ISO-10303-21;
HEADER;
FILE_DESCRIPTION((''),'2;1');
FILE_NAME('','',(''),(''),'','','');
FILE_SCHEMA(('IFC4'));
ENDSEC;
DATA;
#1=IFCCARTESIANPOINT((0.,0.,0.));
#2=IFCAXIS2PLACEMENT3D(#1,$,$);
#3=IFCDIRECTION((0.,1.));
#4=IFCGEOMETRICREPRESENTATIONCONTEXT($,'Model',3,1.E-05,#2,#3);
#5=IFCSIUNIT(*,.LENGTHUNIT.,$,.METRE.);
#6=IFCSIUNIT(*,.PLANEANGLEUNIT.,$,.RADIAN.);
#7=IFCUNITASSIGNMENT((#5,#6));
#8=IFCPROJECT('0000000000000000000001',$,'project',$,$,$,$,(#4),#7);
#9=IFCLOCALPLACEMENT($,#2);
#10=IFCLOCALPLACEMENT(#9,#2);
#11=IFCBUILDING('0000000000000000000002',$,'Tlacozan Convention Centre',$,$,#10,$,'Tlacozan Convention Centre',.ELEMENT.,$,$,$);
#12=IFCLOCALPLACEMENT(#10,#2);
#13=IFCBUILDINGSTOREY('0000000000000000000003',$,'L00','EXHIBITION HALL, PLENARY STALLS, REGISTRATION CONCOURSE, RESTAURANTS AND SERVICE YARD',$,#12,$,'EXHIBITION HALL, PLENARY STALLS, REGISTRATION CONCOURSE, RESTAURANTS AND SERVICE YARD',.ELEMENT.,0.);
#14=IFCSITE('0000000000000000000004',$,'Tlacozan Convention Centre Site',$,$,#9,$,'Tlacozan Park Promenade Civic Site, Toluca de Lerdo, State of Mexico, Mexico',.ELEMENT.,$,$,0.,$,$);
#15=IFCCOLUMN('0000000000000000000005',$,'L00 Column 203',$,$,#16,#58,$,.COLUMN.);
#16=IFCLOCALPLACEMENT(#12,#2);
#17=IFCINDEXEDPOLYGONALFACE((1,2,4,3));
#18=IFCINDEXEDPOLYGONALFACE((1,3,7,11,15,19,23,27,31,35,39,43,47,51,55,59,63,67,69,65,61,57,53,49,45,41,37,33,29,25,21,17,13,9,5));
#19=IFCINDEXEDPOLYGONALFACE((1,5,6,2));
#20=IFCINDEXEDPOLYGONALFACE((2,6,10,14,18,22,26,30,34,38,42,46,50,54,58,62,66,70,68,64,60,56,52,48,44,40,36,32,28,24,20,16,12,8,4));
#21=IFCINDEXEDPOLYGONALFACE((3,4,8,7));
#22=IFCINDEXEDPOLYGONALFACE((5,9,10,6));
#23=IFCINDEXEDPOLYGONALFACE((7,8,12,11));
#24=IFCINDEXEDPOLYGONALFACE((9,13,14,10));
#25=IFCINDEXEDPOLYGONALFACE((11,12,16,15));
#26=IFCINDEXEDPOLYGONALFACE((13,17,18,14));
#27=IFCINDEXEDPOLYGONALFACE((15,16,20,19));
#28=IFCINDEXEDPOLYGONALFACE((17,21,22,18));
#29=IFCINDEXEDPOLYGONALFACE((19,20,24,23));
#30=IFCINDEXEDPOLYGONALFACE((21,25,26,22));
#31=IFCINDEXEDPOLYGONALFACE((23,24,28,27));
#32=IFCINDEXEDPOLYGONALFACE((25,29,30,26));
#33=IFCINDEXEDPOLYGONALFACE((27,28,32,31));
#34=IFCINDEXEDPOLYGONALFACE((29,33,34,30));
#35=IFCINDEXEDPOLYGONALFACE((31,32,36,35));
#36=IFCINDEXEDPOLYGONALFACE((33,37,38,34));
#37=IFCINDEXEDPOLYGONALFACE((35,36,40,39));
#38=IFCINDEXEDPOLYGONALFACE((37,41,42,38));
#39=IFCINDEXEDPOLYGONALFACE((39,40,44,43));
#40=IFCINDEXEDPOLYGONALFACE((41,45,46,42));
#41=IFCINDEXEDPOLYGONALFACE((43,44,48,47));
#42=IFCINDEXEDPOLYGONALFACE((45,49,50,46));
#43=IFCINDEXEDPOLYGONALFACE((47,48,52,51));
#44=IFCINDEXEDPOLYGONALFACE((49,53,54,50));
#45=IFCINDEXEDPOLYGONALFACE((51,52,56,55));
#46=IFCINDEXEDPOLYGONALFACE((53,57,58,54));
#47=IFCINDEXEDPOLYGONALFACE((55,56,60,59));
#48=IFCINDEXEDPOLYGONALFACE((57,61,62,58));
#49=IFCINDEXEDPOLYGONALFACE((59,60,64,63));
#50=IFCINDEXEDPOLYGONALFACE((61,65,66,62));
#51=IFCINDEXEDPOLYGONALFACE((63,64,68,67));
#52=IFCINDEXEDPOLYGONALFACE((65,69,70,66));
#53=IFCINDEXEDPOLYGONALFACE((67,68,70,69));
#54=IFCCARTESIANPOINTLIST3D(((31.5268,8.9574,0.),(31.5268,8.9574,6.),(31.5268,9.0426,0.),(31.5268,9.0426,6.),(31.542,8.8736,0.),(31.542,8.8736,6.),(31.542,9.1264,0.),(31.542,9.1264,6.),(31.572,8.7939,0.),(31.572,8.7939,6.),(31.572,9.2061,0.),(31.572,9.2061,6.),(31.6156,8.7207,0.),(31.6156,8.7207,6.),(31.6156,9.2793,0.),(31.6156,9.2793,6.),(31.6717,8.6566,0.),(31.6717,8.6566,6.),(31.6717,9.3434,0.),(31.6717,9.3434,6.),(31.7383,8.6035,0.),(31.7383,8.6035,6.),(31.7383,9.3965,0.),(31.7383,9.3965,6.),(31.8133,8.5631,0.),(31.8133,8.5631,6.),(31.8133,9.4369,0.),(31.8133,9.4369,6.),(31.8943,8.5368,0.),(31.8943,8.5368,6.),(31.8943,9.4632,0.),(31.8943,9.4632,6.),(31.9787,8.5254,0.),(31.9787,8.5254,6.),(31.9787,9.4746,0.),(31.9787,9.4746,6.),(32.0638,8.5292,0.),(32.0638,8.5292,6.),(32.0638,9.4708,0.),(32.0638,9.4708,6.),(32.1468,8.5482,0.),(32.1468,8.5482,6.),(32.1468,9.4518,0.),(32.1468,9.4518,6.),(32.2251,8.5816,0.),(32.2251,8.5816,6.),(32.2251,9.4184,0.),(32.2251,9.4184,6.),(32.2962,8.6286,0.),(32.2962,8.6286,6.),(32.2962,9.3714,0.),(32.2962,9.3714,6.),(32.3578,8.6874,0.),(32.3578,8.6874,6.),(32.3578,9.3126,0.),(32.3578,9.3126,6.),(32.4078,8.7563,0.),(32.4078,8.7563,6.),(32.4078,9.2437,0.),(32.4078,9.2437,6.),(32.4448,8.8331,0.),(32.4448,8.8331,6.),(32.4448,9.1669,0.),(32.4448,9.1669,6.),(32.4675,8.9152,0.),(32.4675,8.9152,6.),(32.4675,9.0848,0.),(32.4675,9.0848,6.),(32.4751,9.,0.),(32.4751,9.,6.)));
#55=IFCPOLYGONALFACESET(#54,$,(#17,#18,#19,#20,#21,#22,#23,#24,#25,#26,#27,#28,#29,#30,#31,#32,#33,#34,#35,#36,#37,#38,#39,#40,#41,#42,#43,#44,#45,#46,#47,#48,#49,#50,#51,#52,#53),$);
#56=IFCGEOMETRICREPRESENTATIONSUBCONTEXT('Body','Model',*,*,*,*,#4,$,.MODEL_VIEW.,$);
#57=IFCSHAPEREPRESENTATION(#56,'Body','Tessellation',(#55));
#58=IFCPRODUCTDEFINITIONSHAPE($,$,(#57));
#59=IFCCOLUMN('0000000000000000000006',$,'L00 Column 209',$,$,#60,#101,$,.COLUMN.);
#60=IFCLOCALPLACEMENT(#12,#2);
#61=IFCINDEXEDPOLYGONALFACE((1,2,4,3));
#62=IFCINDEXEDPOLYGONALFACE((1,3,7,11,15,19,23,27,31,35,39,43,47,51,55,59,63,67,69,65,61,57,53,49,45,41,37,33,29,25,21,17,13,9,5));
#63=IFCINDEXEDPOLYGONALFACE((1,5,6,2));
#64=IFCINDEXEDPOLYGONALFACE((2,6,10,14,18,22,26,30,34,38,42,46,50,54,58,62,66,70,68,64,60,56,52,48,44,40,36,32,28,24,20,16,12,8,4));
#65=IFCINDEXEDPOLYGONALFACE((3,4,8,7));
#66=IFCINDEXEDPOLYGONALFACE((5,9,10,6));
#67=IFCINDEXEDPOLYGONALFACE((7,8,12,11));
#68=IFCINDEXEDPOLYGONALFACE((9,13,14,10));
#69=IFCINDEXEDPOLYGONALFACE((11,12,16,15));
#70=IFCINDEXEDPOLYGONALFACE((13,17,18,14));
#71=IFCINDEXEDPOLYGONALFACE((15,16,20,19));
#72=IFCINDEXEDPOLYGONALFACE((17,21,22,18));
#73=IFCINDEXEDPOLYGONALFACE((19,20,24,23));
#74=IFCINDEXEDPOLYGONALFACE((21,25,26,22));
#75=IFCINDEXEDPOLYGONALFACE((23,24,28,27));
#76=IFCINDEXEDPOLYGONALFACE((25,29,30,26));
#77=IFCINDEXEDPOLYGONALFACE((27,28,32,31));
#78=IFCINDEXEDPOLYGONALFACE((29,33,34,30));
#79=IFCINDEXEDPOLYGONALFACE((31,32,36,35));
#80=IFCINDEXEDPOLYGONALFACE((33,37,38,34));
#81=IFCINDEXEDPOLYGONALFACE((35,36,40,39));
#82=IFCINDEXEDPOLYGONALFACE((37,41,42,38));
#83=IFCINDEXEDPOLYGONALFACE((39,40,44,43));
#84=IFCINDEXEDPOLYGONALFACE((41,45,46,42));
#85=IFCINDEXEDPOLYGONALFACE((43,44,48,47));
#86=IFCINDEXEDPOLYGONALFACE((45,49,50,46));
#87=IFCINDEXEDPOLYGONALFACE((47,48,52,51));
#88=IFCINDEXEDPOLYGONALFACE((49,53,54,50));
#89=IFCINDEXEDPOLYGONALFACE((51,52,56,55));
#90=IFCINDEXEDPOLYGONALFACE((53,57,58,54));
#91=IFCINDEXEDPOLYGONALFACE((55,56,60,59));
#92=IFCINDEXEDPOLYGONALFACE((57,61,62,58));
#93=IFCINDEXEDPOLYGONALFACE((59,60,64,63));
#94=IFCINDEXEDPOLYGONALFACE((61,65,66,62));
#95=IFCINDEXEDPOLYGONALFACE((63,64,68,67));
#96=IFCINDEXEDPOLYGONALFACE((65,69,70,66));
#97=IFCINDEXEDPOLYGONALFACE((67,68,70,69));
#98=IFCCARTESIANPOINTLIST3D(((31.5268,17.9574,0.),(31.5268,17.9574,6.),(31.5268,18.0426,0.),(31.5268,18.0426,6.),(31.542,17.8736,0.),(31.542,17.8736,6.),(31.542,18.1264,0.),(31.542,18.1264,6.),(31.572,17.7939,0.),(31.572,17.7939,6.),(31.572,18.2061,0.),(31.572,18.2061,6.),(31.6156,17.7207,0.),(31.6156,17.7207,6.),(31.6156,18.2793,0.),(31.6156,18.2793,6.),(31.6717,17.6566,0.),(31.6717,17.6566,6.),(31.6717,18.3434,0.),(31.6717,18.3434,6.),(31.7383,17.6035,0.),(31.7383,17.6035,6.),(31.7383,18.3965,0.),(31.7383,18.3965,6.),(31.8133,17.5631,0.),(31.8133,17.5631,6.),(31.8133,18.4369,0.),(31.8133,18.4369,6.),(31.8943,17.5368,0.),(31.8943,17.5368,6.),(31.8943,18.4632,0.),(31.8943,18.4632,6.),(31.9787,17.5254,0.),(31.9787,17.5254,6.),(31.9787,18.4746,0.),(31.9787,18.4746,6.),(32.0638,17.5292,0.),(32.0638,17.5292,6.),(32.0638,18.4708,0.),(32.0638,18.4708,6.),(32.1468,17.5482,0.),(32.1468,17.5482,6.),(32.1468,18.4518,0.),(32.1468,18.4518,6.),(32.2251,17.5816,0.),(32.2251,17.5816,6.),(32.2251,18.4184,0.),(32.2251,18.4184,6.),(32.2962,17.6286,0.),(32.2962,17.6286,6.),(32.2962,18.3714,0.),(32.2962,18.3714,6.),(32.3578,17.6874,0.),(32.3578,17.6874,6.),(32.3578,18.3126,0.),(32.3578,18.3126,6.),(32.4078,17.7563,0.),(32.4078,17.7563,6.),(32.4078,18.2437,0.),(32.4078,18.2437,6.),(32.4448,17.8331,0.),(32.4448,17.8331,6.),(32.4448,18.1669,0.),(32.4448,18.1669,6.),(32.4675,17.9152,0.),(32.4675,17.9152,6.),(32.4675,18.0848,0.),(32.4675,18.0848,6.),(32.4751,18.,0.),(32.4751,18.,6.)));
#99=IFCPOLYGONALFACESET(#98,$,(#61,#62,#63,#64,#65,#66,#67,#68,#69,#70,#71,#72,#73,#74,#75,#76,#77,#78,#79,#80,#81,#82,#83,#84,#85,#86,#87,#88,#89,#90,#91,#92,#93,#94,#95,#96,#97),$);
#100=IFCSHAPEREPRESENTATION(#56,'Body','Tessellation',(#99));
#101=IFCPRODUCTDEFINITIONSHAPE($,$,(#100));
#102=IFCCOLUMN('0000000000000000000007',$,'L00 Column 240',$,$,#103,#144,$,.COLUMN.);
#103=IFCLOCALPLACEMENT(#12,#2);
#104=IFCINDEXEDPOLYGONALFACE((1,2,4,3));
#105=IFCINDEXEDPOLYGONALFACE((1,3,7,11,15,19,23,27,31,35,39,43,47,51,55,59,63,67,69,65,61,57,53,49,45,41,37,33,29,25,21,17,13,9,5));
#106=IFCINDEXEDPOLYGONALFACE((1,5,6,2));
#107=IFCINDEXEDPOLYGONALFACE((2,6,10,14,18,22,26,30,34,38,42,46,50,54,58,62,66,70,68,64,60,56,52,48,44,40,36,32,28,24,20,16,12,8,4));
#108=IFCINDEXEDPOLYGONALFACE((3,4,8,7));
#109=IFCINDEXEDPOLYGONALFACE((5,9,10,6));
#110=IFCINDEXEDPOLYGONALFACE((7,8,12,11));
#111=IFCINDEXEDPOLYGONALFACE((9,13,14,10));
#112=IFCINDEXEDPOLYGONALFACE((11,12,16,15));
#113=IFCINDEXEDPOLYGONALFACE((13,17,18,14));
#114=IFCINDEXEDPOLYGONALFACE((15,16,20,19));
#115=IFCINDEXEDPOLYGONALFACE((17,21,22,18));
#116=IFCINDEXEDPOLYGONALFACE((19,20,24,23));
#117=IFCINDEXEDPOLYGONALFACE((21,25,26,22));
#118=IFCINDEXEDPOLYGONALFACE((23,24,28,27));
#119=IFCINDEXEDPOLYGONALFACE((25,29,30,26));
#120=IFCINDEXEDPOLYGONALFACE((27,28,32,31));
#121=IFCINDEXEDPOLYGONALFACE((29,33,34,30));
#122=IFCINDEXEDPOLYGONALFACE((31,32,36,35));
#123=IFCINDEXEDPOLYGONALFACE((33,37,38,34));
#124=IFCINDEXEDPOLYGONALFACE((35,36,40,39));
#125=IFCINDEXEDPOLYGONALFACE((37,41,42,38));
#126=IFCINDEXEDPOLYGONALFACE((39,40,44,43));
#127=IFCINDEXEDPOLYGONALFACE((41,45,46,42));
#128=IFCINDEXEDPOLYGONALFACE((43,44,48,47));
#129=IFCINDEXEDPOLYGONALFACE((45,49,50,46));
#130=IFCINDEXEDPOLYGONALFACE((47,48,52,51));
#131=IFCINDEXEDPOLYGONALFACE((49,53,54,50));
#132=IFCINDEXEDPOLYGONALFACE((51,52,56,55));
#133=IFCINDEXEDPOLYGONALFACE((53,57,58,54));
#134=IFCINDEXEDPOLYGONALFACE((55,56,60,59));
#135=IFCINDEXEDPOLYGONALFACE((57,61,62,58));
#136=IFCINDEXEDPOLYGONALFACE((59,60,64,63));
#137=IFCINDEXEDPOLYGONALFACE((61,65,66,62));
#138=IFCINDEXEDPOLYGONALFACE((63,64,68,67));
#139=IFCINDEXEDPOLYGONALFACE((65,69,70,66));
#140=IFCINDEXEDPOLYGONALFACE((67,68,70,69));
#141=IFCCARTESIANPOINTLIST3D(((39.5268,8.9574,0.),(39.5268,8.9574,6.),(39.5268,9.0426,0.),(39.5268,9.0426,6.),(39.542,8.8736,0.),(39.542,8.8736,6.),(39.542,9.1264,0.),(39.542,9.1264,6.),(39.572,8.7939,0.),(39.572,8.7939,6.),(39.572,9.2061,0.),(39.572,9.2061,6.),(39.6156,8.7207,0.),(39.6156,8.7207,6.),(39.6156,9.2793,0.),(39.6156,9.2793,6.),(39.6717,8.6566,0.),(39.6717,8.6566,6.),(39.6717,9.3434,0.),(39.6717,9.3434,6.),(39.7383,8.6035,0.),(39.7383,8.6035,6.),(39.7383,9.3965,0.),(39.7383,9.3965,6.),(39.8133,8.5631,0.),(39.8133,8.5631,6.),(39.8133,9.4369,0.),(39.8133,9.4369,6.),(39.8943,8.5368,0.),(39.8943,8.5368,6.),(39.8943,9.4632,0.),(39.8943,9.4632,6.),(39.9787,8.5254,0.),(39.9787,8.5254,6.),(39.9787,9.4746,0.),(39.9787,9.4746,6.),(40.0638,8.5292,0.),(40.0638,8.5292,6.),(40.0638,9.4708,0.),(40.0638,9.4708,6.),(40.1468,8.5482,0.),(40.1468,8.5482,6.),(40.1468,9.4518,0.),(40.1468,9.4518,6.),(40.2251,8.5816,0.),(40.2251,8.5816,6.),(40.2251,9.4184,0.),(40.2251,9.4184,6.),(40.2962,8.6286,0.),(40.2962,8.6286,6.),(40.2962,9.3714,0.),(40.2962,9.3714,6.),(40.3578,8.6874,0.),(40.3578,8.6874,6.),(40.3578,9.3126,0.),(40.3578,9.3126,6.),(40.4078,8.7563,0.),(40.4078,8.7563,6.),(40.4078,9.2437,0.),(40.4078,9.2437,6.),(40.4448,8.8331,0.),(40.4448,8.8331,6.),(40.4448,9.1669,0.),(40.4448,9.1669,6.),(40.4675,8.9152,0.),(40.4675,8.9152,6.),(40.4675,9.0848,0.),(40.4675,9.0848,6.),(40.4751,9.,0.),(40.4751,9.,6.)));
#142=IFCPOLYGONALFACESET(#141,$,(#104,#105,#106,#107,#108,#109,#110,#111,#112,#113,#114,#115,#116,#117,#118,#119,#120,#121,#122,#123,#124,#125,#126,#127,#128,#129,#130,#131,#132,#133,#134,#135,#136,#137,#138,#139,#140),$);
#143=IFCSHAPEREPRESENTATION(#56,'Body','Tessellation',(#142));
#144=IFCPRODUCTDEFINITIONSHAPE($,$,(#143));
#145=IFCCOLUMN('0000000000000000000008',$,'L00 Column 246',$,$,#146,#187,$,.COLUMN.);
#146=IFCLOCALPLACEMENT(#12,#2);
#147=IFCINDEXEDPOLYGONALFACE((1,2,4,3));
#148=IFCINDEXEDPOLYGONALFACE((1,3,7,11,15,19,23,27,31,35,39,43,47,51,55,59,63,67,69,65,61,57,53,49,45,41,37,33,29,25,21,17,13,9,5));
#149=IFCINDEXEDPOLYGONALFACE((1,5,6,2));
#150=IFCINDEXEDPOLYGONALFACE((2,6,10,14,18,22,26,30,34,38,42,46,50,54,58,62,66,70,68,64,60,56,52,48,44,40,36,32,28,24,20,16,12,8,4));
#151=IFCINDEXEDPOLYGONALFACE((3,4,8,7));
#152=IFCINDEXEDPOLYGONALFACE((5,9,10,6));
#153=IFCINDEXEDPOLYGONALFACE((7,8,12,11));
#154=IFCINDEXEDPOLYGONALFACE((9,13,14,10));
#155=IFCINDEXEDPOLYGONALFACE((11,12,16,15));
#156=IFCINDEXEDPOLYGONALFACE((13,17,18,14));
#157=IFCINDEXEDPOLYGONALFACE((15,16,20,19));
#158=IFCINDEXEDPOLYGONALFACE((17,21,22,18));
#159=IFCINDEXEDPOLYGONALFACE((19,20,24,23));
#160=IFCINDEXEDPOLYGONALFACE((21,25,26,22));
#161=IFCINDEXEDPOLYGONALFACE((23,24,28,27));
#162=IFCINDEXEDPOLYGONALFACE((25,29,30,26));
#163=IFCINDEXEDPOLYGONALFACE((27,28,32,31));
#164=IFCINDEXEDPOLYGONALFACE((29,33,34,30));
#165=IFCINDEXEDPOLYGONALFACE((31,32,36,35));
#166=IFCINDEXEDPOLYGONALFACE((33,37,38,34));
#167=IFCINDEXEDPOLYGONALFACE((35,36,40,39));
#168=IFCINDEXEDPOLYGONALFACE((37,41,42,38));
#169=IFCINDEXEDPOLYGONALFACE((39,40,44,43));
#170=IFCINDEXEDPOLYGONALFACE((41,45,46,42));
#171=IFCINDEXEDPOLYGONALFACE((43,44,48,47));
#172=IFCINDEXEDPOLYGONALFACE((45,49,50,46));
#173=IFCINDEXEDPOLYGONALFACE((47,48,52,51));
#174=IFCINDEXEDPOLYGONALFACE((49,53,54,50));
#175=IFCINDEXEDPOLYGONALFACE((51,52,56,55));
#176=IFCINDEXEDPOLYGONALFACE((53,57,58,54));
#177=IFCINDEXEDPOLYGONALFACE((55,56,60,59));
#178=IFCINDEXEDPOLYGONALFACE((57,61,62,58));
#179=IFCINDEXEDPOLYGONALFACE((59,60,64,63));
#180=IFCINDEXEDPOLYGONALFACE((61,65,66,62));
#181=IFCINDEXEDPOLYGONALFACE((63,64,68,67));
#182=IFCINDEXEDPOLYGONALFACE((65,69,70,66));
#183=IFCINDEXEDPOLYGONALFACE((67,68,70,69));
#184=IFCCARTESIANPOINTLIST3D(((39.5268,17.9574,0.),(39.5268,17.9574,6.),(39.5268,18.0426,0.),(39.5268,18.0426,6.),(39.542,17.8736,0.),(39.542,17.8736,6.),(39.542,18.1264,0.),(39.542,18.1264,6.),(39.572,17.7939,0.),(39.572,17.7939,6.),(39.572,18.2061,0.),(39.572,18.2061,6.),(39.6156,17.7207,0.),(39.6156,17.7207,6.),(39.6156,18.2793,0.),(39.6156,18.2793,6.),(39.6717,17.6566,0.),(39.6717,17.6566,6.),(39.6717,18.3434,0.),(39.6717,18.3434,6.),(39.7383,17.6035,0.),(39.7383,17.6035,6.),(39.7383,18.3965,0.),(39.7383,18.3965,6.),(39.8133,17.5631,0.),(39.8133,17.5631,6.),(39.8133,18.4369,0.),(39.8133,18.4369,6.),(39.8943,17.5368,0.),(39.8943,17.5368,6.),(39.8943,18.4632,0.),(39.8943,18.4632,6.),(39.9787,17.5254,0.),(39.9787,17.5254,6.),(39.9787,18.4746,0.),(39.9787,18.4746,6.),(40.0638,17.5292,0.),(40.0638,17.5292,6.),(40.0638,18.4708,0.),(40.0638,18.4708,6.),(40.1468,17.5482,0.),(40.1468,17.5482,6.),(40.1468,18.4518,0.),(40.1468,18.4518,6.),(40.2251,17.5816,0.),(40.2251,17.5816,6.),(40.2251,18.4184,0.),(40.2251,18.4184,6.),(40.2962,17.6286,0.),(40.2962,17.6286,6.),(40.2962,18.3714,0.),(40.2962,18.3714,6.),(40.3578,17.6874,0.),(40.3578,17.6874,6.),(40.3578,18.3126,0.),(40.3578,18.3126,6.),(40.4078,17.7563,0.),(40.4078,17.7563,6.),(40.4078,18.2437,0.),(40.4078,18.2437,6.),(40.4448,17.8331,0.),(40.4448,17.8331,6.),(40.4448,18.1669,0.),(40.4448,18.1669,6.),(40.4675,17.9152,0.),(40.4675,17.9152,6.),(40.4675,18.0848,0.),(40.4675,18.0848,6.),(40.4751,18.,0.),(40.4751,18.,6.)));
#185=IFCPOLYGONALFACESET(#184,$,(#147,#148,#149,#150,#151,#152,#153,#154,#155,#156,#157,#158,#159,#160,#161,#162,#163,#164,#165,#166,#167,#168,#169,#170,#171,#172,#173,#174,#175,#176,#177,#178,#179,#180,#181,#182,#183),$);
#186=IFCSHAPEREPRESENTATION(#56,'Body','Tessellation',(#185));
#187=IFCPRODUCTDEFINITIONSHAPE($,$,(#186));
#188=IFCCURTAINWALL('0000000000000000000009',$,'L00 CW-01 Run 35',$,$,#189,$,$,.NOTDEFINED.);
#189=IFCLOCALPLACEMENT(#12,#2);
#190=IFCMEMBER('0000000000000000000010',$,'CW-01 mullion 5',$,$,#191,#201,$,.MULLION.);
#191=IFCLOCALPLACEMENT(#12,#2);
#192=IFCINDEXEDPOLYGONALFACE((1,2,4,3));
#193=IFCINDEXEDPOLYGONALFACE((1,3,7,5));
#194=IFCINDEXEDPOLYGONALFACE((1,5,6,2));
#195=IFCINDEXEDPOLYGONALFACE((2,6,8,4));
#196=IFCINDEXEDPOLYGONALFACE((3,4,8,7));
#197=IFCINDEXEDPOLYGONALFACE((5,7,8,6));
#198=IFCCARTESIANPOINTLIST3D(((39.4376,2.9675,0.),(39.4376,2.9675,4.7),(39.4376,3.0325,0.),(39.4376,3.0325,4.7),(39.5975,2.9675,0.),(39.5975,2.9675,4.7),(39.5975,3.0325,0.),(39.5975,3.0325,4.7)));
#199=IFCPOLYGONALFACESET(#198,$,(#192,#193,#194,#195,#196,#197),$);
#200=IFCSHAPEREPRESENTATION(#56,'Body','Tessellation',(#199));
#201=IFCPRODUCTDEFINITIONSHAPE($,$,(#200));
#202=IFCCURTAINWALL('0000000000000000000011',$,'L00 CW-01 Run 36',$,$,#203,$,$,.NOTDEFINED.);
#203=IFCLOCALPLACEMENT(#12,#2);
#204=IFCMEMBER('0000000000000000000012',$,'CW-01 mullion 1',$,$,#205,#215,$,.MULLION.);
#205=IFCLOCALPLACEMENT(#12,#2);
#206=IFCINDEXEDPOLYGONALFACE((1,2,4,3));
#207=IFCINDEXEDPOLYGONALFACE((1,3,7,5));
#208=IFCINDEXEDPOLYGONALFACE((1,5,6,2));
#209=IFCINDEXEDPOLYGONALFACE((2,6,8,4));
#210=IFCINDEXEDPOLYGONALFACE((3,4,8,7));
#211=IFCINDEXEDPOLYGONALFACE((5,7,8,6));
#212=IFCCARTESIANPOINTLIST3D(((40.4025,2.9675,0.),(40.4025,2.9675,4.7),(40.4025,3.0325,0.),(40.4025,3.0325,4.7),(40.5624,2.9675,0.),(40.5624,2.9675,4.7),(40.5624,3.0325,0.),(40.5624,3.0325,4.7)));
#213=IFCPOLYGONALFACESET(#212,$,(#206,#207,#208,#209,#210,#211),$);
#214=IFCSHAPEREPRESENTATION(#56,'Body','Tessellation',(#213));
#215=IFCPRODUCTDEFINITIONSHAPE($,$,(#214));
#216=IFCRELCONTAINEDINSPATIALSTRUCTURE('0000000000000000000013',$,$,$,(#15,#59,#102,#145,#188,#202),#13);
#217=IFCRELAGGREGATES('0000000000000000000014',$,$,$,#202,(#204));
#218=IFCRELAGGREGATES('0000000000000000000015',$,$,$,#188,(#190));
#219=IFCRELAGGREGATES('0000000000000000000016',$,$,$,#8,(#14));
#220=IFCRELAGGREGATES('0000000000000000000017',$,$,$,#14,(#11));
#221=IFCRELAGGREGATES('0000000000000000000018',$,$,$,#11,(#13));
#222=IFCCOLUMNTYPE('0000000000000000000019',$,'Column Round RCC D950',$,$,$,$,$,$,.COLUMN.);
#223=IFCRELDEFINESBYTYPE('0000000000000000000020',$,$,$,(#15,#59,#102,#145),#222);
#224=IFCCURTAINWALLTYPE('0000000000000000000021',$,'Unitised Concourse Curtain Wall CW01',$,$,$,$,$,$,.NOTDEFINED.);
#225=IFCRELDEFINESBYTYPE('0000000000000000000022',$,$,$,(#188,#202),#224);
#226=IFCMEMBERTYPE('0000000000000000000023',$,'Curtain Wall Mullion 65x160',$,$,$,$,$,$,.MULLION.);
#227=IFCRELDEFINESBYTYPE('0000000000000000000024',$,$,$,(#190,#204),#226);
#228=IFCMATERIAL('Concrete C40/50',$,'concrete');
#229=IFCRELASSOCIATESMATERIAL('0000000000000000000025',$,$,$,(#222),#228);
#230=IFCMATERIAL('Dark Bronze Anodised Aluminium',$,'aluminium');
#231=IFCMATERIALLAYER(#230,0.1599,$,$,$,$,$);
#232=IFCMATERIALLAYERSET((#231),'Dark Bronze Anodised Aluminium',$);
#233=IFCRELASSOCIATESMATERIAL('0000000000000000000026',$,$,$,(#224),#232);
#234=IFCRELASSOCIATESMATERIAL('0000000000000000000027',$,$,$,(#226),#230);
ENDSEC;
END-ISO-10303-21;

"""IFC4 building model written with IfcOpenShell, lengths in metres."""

from ifc_helpers import new_model, si_unit, direction, frame, origin, origin_2d, place, context, subcontext, project, spatial, rectangle, circle, extrude, material, layer, layer_set, material_profile, profile_set, type_object, element, aggregate, save


model = new_model("IFC4")

# Units and contexts
model_context = context("Model", 3, precision=1e-05, world=origin(), true_north=direction((0.0, 1.0)))
body_context = subcontext(model_context, "Body", "Model", "MODEL_VIEW")
ifc_project = project(units=[si_unit("LENGTHUNIT", "METRE"), si_unit("PLANEANGLEUNIT", "RADIAN")], contexts=[model_context])

# Site, building, storey
site_placement = place(None, origin())
site = spatial("IfcSite", under=ifc_project, at=site_placement, Name="Tlacozan Convention Centre Site", LongName="Tlacozan Park Promenade Civic Site, Toluca de Lerdo, State of Mexico, Mexico", CompositionType="ELEMENT", RefElevation=0.0)
building_placement = place(site_placement, origin())
building = spatial("IfcBuilding", under=site, at=building_placement, Name="Tlacozan Convention Centre", LongName="Tlacozan Convention Centre", CompositionType="ELEMENT")
storey_placement = place(building_placement, origin())
storey = spatial("IfcBuildingStorey", under=building, at=storey_placement, Name="L00", Description="EXHIBITION HALL, PLENARY STALLS, REGISTRATION CONCOURSE, RESTAURANTS AND SERVICE YARD", LongName="EXHIBITION HALL, PLENARY STALLS, REGISTRATION CONCOURSE, RESTAURANTS AND SERVICE YARD", CompositionType="ELEMENT", Elevation=0.0)

# Columns
ifc_material_1 = material(Name="Concrete C40/50", Category="concrete")
ifc_material_profile_1 = material_profile(ifc_material_1, circle(Radius=0.4751, at=origin_2d()), Name="RCC D950")
ifc_profile_set_1 = profile_set([ifc_material_profile_1], Name="Concrete C40/50")
column_type = type_object("IfcColumnType", Name="Column Round RCC D950", PredefinedType="COLUMN", material=ifc_profile_set_1)
for number, where, z_axis, x_axis, name in (
    (1, (32.0, 9.0, 0.0), (0.0, 0.0, 1.0), (1.0, 0.0, 0.0), "L00 Column 203"),
    (2, (32.0, 18.0, 0.0), (0.0, 0.0, 1.0), (1.0, 0.0, 0.0), "L00 Column 209"),
    (3, (40.0, 9.0, 0.0), (0.0, 0.0, 1.0), (1.0, 0.0, 0.0), "L00 Column 240"),
    (4, (40.0, 18.0, 0.0), (0.0, 0.0, 1.0), (1.0, 0.0, 0.0), "L00 Column 246"),
):
    element("IfcColumn", number, at=place(storey_placement, frame(where, z_axis=z_axis, x_axis=x_axis)), inside=storey, type_object=column_type, Name=name, PredefinedType="COLUMN", context=body_context, shape_type="SweptSolid", body=[
        extrude(circle(Radius=0.4751, at=origin_2d()), origin(), (0.0, 0.0, 1.0), 6.0),
    ])

# Curtain walls, members
ifc_material_2 = material(Name="Dark Bronze Anodised Aluminium", Category="aluminium")
ifc_layer_1 = layer(ifc_material_2, 0.1599)
ifc_layer_set_1 = layer_set([ifc_layer_1], Name="Dark Bronze Anodised Aluminium")
curtain_wall_type = type_object("IfcCurtainWallType", Name="Unitised Concourse Curtain Wall CW01", PredefinedType="NOTDEFINED", material=ifc_layer_set_1)
curtain_wall_1_placement = place(storey_placement, origin())
curtain_wall_1 = element("IfcCurtainWall", 5, at=curtain_wall_1_placement, inside=storey, type_object=curtain_wall_type, Name="L00 CW-01 Run 35", PredefinedType="NOTDEFINED")
ifc_material_profile_2 = material_profile(ifc_material_2, rectangle(XDim=0.0649, YDim=0.1599, at=origin_2d()), Name="ALU 65x160")
ifc_profile_set_2 = profile_set([ifc_material_profile_2], Name="Dark Bronze Anodised Aluminium")
member_type = type_object("IfcMemberType", Name="Curtain Wall Mullion 65x160", PredefinedType="MULLION", material=ifc_profile_set_2)
member_1_placement = place(storey_placement, frame((39.5176, 3.0, 0.0), z_axis=(0.0, 0.0, 1.0), x_axis=(0.0, 1.0, 0.0)))
member_1 = element("IfcMember", 6, at=member_1_placement, type_object=member_type, Name="CW-01 mullion 5", PredefinedType="MULLION", context=body_context, shape_type="SweptSolid", body=[
    extrude(rectangle(XDim=0.0649, YDim=0.1599, at=origin_2d()), origin(), (0.0, 0.0, 1.0), 4.7),
])
curtain_wall_2_placement = place(storey_placement, origin())
curtain_wall_2 = element("IfcCurtainWall", 7, at=curtain_wall_2_placement, inside=storey, type_object=curtain_wall_type, Name="L00 CW-01 Run 36", PredefinedType="NOTDEFINED")
member_2_placement = place(storey_placement, frame((40.4824, 3.0, 0.0), z_axis=(0.0, 0.0, 1.0), x_axis=(0.0, 1.0, 0.0)))
member_2 = element("IfcMember", 8, at=member_2_placement, type_object=member_type, Name="CW-01 mullion 1", PredefinedType="MULLION", context=body_context, shape_type="SweptSolid", body=[
    extrude(rectangle(XDim=0.0649, YDim=0.1599, at=origin_2d()), origin(), (0.0, 0.0, 1.0), 4.7),
])
aggregate(curtain_wall_2, [member_2])

aggregate(curtain_wall_1, [member_1])

save(model, "model.ifc")
